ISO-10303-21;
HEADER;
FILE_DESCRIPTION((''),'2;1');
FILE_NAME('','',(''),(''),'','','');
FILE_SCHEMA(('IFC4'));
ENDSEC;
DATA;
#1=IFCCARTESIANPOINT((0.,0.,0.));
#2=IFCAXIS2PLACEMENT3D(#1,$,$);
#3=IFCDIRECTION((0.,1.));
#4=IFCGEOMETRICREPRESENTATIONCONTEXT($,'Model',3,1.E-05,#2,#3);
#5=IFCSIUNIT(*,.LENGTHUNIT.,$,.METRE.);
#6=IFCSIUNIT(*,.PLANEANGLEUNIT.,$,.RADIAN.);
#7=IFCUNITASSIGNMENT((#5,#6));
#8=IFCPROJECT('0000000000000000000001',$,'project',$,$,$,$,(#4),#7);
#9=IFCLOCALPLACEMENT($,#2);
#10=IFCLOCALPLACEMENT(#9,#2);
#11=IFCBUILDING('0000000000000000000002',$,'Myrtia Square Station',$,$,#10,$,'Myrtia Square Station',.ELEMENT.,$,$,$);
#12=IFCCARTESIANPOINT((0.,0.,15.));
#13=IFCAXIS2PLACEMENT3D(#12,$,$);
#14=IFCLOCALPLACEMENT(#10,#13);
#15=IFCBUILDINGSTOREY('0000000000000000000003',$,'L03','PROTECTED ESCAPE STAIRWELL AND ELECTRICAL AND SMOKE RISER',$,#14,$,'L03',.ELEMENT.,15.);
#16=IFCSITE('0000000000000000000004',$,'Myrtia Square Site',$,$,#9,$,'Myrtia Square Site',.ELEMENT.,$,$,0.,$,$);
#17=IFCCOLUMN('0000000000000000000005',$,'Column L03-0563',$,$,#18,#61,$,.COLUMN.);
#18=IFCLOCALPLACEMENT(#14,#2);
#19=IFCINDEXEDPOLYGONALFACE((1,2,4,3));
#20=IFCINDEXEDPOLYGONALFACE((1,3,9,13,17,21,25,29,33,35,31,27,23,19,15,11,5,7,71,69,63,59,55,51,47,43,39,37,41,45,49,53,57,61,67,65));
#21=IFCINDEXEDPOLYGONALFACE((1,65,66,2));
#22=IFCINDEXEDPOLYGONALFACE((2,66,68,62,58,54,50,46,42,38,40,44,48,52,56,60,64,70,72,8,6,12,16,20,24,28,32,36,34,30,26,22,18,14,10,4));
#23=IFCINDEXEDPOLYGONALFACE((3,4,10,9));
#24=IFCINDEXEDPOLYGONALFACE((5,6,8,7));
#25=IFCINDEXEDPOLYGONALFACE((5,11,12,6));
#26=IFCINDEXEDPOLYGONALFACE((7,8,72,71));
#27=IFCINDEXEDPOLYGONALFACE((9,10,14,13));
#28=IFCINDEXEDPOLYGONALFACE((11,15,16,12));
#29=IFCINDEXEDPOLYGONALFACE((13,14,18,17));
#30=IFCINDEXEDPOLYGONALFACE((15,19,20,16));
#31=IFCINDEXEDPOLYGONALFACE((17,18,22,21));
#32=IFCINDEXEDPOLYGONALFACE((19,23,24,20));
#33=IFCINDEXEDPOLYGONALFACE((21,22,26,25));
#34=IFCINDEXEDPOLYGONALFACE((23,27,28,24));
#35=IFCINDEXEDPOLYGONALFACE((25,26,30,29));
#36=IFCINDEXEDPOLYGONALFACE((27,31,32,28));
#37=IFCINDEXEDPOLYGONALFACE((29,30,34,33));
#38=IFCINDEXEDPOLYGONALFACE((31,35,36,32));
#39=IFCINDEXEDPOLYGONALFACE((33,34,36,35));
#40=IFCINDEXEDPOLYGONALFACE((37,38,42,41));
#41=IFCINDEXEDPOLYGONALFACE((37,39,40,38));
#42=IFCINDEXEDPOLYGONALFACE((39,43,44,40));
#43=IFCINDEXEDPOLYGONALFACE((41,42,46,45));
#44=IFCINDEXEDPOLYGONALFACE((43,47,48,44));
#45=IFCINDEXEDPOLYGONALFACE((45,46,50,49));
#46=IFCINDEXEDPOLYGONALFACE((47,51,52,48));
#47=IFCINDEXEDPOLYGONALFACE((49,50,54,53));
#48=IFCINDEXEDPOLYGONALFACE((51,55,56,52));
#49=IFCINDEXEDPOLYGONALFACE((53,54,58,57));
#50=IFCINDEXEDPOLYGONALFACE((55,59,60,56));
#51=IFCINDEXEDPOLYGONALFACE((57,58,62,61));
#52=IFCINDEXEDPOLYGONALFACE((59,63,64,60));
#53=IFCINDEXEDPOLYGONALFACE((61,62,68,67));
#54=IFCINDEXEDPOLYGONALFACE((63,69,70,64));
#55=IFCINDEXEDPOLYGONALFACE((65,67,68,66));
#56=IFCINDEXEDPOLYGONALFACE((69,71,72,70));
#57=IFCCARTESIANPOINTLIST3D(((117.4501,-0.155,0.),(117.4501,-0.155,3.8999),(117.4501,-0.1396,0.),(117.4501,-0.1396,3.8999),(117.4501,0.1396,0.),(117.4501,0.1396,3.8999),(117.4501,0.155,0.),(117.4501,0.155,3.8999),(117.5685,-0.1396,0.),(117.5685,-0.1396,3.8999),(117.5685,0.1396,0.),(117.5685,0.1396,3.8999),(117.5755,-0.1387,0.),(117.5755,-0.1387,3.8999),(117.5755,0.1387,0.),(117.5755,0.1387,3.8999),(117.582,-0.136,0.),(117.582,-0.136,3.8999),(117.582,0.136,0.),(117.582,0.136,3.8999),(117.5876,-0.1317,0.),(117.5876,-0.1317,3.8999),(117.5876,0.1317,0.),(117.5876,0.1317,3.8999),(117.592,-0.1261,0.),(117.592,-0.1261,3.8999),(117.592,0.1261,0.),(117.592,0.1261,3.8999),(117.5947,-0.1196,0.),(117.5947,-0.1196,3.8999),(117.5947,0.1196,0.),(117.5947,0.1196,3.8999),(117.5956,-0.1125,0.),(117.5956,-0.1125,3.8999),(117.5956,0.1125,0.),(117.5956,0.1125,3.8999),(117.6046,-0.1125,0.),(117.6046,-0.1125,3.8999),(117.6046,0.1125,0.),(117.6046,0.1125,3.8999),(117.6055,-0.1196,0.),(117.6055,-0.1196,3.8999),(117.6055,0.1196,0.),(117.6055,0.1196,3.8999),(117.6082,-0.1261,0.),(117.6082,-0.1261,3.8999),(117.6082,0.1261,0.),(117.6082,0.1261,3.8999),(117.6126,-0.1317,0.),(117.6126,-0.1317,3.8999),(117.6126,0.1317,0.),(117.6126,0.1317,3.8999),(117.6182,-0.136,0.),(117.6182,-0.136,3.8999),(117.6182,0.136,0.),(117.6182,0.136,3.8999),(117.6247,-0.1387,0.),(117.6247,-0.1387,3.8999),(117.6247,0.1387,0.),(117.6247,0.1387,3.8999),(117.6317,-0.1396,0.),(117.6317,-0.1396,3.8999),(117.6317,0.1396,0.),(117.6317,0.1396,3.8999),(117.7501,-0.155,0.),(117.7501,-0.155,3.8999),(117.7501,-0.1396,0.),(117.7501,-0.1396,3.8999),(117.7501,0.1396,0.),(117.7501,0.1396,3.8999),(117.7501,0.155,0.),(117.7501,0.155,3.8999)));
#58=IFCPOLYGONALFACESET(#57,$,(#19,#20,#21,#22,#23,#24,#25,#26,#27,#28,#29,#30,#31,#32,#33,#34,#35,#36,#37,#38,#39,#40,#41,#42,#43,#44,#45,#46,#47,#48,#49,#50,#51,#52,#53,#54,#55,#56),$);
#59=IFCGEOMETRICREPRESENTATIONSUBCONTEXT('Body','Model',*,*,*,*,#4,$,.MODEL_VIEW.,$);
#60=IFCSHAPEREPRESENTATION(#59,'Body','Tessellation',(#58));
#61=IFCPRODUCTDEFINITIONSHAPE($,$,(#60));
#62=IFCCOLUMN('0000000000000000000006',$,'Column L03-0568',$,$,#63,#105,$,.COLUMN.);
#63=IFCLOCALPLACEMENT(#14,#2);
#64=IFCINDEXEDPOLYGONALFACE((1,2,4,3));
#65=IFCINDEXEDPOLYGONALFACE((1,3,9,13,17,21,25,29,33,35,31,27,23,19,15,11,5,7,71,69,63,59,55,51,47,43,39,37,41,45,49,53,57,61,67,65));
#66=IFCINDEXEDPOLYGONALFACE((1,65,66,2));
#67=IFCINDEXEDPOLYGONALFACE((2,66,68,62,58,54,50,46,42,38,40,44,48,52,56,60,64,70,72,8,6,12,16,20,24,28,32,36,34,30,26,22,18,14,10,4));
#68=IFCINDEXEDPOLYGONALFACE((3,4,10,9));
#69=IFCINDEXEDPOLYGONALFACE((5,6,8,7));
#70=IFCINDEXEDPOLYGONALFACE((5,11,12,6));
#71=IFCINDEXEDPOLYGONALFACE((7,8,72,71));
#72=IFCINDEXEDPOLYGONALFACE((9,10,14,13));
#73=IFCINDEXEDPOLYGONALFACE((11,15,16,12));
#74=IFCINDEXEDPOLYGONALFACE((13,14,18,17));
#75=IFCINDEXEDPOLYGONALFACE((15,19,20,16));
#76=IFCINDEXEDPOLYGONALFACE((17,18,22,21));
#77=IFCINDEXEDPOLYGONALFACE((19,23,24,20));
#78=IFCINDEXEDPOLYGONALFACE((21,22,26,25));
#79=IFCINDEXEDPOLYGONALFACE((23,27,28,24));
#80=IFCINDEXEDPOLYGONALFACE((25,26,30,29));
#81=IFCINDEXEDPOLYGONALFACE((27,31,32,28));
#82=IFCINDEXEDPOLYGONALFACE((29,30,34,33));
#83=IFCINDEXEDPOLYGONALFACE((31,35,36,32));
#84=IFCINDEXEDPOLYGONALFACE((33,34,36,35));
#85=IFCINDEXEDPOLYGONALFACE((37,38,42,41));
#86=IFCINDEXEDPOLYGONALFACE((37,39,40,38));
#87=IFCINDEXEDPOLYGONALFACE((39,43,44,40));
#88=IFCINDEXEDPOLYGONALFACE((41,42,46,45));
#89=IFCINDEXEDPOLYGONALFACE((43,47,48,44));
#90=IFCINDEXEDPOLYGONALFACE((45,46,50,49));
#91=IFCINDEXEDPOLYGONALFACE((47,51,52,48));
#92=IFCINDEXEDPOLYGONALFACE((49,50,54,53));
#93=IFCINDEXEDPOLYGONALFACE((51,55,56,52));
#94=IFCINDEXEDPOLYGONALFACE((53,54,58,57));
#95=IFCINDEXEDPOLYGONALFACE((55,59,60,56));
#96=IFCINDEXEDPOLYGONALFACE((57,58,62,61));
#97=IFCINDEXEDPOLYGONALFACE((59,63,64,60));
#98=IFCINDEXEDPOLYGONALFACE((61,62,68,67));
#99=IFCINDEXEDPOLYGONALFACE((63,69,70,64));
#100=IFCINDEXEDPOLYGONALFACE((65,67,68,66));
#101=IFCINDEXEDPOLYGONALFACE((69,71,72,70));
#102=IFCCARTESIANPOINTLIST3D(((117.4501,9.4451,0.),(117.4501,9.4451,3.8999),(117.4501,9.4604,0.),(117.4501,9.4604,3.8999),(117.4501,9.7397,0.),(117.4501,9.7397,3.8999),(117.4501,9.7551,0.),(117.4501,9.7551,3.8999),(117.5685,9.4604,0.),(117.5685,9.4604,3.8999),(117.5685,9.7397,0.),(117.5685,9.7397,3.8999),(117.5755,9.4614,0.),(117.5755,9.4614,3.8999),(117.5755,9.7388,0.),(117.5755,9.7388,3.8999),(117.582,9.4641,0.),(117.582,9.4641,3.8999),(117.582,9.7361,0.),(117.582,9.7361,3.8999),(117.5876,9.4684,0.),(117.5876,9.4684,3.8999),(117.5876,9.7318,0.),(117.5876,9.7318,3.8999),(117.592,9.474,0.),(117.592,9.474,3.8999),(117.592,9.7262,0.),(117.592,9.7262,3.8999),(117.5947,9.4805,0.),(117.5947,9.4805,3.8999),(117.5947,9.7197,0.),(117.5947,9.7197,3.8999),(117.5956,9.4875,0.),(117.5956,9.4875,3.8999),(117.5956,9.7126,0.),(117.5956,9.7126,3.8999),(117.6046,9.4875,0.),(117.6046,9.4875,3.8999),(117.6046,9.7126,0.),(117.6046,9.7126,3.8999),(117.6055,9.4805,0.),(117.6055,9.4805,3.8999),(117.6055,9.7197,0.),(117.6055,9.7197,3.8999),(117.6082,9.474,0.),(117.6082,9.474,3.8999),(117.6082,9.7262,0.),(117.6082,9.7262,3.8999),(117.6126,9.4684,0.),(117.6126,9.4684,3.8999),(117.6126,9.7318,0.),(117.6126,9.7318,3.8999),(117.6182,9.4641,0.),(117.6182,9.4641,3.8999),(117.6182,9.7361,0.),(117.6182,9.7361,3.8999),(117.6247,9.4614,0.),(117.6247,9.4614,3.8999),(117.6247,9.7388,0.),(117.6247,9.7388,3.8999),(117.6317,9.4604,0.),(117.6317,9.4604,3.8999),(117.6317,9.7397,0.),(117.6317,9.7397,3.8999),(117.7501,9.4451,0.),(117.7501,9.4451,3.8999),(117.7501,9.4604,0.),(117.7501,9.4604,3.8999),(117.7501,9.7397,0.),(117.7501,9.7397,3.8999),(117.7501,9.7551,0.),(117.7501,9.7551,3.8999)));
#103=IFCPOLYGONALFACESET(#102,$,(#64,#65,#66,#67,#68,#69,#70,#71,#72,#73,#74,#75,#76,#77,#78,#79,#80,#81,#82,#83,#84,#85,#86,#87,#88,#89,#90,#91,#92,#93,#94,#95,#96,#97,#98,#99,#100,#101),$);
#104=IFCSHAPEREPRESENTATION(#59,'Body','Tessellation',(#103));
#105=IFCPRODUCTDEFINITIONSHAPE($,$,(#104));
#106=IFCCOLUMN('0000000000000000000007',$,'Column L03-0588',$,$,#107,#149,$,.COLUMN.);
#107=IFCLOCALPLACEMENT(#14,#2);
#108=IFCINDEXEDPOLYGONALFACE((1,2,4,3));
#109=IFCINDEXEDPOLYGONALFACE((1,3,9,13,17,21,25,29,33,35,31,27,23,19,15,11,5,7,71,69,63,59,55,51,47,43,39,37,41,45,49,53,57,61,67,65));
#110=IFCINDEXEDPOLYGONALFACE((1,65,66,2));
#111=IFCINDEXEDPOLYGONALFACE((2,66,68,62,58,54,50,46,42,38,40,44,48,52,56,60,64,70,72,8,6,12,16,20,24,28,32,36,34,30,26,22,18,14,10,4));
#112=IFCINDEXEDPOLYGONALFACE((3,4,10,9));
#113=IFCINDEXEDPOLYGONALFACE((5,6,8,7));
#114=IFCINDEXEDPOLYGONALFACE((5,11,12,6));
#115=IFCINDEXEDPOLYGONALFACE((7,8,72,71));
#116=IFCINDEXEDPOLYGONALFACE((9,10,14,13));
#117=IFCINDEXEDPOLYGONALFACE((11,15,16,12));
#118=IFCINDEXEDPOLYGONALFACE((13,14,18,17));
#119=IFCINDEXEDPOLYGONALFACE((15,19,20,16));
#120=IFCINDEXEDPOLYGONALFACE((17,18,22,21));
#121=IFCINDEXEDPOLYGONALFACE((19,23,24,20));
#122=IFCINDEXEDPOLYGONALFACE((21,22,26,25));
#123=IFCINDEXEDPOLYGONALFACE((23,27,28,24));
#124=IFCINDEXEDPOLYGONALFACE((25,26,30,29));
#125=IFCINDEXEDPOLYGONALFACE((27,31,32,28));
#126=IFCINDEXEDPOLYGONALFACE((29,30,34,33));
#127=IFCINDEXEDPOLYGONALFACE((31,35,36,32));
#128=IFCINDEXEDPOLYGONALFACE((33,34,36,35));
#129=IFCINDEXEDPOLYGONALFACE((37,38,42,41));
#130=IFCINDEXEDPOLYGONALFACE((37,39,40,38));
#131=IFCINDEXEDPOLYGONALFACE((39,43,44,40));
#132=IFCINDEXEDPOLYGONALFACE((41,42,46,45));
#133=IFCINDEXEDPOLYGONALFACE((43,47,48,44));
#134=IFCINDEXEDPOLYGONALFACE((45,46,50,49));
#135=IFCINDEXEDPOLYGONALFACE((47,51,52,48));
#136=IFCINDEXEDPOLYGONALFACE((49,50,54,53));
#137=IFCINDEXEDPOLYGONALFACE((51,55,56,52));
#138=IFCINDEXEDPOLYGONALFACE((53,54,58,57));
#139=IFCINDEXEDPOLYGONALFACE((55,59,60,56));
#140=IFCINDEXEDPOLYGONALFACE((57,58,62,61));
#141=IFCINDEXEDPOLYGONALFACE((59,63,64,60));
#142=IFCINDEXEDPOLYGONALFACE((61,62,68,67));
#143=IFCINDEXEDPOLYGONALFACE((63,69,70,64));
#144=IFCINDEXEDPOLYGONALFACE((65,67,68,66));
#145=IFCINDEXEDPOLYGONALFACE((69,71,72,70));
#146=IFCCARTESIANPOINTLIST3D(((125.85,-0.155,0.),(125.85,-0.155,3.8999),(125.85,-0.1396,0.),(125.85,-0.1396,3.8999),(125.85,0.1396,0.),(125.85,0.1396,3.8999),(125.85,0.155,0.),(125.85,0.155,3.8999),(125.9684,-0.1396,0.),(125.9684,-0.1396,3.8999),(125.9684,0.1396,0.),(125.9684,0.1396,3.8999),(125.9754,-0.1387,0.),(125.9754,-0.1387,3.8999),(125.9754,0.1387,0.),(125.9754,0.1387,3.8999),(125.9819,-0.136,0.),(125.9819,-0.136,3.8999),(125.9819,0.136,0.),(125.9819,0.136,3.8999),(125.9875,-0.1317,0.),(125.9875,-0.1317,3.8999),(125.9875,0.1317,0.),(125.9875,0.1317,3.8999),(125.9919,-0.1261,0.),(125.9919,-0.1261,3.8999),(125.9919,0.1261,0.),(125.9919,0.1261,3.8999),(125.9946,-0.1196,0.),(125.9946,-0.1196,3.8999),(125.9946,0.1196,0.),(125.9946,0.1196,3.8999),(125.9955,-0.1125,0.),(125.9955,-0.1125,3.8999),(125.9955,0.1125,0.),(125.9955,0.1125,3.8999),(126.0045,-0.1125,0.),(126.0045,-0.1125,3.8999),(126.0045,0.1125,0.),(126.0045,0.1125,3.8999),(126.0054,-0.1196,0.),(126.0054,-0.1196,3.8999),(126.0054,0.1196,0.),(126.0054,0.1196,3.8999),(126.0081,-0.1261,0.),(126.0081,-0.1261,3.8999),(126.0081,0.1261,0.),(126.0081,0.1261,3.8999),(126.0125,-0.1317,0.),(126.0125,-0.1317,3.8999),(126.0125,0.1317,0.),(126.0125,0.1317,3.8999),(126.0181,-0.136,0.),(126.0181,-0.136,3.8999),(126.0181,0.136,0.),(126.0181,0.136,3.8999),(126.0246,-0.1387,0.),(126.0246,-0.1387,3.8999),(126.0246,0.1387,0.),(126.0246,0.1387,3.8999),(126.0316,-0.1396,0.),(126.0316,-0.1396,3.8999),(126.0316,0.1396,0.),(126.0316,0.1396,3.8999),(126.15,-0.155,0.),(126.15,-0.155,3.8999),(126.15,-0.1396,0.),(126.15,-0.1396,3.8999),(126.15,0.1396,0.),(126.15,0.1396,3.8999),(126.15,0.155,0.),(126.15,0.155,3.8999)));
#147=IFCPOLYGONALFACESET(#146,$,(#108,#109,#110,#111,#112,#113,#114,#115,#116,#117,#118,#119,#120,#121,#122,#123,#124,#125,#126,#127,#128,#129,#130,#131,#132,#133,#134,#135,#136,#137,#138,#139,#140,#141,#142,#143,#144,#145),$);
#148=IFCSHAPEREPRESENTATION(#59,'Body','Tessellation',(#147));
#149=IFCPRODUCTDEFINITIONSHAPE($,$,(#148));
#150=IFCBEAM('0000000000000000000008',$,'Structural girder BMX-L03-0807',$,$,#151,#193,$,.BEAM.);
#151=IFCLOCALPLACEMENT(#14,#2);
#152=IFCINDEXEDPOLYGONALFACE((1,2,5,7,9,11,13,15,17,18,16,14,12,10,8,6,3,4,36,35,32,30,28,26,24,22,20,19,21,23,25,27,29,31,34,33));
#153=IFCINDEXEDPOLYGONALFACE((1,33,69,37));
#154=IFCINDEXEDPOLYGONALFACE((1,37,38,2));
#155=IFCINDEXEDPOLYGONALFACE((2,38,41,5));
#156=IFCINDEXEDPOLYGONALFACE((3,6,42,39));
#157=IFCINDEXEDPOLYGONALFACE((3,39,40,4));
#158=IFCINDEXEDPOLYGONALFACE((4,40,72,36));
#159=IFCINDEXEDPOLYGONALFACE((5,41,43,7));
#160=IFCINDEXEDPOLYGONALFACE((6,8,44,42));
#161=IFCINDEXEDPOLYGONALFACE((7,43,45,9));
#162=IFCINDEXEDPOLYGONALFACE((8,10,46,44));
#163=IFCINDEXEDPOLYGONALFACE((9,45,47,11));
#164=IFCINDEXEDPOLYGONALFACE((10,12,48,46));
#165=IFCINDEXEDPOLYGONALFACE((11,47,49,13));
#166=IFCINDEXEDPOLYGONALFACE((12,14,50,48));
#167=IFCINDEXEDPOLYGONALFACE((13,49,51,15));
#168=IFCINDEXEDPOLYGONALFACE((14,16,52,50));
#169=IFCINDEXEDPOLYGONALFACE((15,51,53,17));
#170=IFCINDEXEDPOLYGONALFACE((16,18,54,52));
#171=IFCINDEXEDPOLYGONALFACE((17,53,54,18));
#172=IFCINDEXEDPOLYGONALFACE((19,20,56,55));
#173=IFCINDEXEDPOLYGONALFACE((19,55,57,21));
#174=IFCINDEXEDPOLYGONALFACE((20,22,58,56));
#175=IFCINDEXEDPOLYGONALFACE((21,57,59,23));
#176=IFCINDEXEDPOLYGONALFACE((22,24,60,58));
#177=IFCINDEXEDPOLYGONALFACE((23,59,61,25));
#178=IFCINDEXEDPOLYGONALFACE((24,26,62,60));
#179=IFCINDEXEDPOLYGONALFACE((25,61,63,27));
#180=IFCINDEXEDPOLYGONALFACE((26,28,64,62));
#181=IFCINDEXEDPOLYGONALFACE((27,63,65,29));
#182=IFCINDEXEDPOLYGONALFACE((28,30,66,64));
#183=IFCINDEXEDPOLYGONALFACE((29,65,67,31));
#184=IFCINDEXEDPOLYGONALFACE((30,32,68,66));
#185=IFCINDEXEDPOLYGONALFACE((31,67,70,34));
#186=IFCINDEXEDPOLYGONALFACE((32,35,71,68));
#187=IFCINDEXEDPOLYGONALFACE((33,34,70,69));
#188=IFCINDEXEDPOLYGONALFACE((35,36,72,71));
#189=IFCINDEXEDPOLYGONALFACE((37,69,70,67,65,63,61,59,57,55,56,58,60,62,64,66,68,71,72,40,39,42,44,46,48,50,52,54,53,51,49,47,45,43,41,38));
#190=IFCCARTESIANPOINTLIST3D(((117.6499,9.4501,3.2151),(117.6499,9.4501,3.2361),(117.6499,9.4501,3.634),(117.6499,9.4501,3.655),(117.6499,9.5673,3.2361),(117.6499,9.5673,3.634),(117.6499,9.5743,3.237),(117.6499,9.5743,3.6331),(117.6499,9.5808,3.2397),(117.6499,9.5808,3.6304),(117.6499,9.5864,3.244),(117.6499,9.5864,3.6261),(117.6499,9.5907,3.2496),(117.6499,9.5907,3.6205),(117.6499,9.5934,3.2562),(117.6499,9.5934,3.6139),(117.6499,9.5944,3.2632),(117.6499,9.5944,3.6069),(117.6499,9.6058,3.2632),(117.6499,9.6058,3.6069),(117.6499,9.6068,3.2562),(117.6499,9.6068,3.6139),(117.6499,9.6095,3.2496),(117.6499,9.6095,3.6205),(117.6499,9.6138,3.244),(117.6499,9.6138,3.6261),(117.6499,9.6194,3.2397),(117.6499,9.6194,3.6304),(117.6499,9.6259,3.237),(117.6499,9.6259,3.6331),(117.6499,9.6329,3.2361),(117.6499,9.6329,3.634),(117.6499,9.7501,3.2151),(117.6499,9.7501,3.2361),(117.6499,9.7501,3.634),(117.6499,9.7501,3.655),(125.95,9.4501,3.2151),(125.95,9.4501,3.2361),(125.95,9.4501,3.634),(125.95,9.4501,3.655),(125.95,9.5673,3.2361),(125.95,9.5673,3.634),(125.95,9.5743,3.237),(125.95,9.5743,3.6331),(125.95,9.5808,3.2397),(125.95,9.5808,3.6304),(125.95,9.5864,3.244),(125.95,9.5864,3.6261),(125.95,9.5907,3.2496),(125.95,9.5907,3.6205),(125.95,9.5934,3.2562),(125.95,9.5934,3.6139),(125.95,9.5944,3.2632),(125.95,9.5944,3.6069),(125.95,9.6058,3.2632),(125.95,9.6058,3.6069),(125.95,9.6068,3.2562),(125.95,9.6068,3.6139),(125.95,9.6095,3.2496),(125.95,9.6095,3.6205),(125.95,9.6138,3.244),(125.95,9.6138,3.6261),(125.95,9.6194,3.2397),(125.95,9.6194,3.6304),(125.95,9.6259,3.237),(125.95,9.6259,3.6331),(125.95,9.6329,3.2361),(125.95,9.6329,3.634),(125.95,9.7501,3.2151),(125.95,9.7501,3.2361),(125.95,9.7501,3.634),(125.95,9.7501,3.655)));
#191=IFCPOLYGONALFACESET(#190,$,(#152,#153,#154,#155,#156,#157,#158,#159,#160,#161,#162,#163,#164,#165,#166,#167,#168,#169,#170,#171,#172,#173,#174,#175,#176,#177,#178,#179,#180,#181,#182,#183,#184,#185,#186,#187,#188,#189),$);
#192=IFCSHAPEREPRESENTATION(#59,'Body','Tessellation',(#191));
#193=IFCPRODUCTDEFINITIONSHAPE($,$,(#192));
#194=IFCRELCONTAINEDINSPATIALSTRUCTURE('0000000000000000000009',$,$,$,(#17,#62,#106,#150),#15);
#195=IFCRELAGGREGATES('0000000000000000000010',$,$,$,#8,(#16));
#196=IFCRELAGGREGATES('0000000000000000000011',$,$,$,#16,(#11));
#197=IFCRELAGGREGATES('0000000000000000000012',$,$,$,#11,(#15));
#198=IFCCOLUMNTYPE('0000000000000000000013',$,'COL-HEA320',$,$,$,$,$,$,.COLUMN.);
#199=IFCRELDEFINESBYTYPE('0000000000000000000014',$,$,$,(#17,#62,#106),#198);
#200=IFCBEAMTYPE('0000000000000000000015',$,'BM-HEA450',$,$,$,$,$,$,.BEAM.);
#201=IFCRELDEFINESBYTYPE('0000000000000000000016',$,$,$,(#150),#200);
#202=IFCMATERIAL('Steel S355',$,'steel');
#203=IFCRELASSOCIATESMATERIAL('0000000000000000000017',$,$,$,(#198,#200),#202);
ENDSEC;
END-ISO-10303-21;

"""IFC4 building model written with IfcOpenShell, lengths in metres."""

from ifc_helpers import new_model, si_unit, direction, frame, origin, origin_2d, place, context, subcontext, project, spatial, i_section, extrude, material, material_profile, profile_set, type_object, element, save


model = new_model("IFC4")

# Units and contexts
model_context = context("Model", 3, precision=1e-05, world=origin(), true_north=direction((0.0, 1.0)))
body_context = subcontext(model_context, "Body", "Model", "MODEL_VIEW")
ifc_project = project(units=[si_unit("LENGTHUNIT", "METRE"), si_unit("PLANEANGLEUNIT", "RADIAN")], contexts=[model_context])

# Site, building, storey
site_placement = place(None, origin())
site = spatial("IfcSite", under=ifc_project, at=site_placement, Name="Myrtia Square Site", LongName="Myrtia Square Site", CompositionType="ELEMENT", RefElevation=0.0)
building_placement = place(site_placement, origin())
building = spatial("IfcBuilding", under=site, at=building_placement, Name="Myrtia Square Station", LongName="Myrtia Square Station", CompositionType="ELEMENT")
storey_placement = place(building_placement, frame((0.0, 0.0, 15.0)))
storey = spatial("IfcBuildingStorey", under=building, at=storey_placement, Name="L03", Description="PROTECTED ESCAPE STAIRWELL AND ELECTRICAL AND SMOKE RISER", LongName="L03", CompositionType="ELEMENT", Elevation=15.0)

# Columns
ifc_material_1 = material(Name="Steel S355", Category="steel")
ifc_material_profile_1 = material_profile(ifc_material_1, i_section(OverallWidth=0.3, OverallDepth=0.3101, WebThickness=0.009, FlangeThickness=0.0154, FilletRadius=0.0271, at=origin_2d()), Name="HEA 320")
ifc_profile_set_1 = profile_set([ifc_material_profile_1], Name="Steel S355")
column_type = type_object("IfcColumnType", Name="COL-HEA320", PredefinedType="COLUMN", material=ifc_profile_set_1)
for number, where, z_axis, x_axis, name in (
    (1, (117.6001, 0.0, 0.0), (0.0, 0.0, 1.0), (1.0, 0.0, 0.0), "Column L03-0563"),
    (2, (117.6001, 9.6001, 0.0), (0.0, 0.0, 1.0), (1.0, 0.0, 0.0), "Column L03-0568"),
    (3, (126.0, 0.0, 0.0), (0.0, 0.0, 1.0), (1.0, 0.0, 0.0), "Column L03-0588"),
):
    element("IfcColumn", number, at=place(storey_placement, frame(where, z_axis=z_axis, x_axis=x_axis)), inside=storey, type_object=column_type, Name=name, PredefinedType="COLUMN", context=body_context, shape_type="SweptSolid", body=[
        extrude(i_section(OverallWidth=0.3, OverallDepth=0.3101, WebThickness=0.009, FlangeThickness=0.0154, FilletRadius=0.0271, at=origin_2d()), origin(), (0.0, 0.0, 1.0), 3.8999),
    ])

# Beam
ifc_material_profile_2 = material_profile(ifc_material_1, i_section(OverallWidth=0.3, OverallDepth=0.4399, WebThickness=0.0115, FlangeThickness=0.021, FilletRadius=0.0271, at=origin_2d()), Name="HEA 450")
ifc_profile_set_2 = profile_set([ifc_material_profile_2], Name="Steel S355")
beam_type_1 = type_object("IfcBeamType", Name="BM-HEA450", PredefinedType="BEAM", material=ifc_profile_set_2)
beam_1_placement = place(storey_placement, frame((117.6499, 9.6001, 3.4351), z_axis=(1.0, 0.0, 0.0), x_axis=(0.0, 1.0, 0.0)))
element("IfcBeam", 4, at=beam_1_placement, inside=storey, type_object=beam_type_1, Name="Structural girder BMX-L03-0807", PredefinedType="BEAM", context=body_context, shape_type="SweptSolid", body=[
    extrude(i_section(OverallWidth=0.3, OverallDepth=0.4399, WebThickness=0.0115, FlangeThickness=0.021, FilletRadius=0.0271, at=origin_2d()), origin(), (0.0, 0.0, 1.0), 8.3),
])

save(model, "model.ifc")
